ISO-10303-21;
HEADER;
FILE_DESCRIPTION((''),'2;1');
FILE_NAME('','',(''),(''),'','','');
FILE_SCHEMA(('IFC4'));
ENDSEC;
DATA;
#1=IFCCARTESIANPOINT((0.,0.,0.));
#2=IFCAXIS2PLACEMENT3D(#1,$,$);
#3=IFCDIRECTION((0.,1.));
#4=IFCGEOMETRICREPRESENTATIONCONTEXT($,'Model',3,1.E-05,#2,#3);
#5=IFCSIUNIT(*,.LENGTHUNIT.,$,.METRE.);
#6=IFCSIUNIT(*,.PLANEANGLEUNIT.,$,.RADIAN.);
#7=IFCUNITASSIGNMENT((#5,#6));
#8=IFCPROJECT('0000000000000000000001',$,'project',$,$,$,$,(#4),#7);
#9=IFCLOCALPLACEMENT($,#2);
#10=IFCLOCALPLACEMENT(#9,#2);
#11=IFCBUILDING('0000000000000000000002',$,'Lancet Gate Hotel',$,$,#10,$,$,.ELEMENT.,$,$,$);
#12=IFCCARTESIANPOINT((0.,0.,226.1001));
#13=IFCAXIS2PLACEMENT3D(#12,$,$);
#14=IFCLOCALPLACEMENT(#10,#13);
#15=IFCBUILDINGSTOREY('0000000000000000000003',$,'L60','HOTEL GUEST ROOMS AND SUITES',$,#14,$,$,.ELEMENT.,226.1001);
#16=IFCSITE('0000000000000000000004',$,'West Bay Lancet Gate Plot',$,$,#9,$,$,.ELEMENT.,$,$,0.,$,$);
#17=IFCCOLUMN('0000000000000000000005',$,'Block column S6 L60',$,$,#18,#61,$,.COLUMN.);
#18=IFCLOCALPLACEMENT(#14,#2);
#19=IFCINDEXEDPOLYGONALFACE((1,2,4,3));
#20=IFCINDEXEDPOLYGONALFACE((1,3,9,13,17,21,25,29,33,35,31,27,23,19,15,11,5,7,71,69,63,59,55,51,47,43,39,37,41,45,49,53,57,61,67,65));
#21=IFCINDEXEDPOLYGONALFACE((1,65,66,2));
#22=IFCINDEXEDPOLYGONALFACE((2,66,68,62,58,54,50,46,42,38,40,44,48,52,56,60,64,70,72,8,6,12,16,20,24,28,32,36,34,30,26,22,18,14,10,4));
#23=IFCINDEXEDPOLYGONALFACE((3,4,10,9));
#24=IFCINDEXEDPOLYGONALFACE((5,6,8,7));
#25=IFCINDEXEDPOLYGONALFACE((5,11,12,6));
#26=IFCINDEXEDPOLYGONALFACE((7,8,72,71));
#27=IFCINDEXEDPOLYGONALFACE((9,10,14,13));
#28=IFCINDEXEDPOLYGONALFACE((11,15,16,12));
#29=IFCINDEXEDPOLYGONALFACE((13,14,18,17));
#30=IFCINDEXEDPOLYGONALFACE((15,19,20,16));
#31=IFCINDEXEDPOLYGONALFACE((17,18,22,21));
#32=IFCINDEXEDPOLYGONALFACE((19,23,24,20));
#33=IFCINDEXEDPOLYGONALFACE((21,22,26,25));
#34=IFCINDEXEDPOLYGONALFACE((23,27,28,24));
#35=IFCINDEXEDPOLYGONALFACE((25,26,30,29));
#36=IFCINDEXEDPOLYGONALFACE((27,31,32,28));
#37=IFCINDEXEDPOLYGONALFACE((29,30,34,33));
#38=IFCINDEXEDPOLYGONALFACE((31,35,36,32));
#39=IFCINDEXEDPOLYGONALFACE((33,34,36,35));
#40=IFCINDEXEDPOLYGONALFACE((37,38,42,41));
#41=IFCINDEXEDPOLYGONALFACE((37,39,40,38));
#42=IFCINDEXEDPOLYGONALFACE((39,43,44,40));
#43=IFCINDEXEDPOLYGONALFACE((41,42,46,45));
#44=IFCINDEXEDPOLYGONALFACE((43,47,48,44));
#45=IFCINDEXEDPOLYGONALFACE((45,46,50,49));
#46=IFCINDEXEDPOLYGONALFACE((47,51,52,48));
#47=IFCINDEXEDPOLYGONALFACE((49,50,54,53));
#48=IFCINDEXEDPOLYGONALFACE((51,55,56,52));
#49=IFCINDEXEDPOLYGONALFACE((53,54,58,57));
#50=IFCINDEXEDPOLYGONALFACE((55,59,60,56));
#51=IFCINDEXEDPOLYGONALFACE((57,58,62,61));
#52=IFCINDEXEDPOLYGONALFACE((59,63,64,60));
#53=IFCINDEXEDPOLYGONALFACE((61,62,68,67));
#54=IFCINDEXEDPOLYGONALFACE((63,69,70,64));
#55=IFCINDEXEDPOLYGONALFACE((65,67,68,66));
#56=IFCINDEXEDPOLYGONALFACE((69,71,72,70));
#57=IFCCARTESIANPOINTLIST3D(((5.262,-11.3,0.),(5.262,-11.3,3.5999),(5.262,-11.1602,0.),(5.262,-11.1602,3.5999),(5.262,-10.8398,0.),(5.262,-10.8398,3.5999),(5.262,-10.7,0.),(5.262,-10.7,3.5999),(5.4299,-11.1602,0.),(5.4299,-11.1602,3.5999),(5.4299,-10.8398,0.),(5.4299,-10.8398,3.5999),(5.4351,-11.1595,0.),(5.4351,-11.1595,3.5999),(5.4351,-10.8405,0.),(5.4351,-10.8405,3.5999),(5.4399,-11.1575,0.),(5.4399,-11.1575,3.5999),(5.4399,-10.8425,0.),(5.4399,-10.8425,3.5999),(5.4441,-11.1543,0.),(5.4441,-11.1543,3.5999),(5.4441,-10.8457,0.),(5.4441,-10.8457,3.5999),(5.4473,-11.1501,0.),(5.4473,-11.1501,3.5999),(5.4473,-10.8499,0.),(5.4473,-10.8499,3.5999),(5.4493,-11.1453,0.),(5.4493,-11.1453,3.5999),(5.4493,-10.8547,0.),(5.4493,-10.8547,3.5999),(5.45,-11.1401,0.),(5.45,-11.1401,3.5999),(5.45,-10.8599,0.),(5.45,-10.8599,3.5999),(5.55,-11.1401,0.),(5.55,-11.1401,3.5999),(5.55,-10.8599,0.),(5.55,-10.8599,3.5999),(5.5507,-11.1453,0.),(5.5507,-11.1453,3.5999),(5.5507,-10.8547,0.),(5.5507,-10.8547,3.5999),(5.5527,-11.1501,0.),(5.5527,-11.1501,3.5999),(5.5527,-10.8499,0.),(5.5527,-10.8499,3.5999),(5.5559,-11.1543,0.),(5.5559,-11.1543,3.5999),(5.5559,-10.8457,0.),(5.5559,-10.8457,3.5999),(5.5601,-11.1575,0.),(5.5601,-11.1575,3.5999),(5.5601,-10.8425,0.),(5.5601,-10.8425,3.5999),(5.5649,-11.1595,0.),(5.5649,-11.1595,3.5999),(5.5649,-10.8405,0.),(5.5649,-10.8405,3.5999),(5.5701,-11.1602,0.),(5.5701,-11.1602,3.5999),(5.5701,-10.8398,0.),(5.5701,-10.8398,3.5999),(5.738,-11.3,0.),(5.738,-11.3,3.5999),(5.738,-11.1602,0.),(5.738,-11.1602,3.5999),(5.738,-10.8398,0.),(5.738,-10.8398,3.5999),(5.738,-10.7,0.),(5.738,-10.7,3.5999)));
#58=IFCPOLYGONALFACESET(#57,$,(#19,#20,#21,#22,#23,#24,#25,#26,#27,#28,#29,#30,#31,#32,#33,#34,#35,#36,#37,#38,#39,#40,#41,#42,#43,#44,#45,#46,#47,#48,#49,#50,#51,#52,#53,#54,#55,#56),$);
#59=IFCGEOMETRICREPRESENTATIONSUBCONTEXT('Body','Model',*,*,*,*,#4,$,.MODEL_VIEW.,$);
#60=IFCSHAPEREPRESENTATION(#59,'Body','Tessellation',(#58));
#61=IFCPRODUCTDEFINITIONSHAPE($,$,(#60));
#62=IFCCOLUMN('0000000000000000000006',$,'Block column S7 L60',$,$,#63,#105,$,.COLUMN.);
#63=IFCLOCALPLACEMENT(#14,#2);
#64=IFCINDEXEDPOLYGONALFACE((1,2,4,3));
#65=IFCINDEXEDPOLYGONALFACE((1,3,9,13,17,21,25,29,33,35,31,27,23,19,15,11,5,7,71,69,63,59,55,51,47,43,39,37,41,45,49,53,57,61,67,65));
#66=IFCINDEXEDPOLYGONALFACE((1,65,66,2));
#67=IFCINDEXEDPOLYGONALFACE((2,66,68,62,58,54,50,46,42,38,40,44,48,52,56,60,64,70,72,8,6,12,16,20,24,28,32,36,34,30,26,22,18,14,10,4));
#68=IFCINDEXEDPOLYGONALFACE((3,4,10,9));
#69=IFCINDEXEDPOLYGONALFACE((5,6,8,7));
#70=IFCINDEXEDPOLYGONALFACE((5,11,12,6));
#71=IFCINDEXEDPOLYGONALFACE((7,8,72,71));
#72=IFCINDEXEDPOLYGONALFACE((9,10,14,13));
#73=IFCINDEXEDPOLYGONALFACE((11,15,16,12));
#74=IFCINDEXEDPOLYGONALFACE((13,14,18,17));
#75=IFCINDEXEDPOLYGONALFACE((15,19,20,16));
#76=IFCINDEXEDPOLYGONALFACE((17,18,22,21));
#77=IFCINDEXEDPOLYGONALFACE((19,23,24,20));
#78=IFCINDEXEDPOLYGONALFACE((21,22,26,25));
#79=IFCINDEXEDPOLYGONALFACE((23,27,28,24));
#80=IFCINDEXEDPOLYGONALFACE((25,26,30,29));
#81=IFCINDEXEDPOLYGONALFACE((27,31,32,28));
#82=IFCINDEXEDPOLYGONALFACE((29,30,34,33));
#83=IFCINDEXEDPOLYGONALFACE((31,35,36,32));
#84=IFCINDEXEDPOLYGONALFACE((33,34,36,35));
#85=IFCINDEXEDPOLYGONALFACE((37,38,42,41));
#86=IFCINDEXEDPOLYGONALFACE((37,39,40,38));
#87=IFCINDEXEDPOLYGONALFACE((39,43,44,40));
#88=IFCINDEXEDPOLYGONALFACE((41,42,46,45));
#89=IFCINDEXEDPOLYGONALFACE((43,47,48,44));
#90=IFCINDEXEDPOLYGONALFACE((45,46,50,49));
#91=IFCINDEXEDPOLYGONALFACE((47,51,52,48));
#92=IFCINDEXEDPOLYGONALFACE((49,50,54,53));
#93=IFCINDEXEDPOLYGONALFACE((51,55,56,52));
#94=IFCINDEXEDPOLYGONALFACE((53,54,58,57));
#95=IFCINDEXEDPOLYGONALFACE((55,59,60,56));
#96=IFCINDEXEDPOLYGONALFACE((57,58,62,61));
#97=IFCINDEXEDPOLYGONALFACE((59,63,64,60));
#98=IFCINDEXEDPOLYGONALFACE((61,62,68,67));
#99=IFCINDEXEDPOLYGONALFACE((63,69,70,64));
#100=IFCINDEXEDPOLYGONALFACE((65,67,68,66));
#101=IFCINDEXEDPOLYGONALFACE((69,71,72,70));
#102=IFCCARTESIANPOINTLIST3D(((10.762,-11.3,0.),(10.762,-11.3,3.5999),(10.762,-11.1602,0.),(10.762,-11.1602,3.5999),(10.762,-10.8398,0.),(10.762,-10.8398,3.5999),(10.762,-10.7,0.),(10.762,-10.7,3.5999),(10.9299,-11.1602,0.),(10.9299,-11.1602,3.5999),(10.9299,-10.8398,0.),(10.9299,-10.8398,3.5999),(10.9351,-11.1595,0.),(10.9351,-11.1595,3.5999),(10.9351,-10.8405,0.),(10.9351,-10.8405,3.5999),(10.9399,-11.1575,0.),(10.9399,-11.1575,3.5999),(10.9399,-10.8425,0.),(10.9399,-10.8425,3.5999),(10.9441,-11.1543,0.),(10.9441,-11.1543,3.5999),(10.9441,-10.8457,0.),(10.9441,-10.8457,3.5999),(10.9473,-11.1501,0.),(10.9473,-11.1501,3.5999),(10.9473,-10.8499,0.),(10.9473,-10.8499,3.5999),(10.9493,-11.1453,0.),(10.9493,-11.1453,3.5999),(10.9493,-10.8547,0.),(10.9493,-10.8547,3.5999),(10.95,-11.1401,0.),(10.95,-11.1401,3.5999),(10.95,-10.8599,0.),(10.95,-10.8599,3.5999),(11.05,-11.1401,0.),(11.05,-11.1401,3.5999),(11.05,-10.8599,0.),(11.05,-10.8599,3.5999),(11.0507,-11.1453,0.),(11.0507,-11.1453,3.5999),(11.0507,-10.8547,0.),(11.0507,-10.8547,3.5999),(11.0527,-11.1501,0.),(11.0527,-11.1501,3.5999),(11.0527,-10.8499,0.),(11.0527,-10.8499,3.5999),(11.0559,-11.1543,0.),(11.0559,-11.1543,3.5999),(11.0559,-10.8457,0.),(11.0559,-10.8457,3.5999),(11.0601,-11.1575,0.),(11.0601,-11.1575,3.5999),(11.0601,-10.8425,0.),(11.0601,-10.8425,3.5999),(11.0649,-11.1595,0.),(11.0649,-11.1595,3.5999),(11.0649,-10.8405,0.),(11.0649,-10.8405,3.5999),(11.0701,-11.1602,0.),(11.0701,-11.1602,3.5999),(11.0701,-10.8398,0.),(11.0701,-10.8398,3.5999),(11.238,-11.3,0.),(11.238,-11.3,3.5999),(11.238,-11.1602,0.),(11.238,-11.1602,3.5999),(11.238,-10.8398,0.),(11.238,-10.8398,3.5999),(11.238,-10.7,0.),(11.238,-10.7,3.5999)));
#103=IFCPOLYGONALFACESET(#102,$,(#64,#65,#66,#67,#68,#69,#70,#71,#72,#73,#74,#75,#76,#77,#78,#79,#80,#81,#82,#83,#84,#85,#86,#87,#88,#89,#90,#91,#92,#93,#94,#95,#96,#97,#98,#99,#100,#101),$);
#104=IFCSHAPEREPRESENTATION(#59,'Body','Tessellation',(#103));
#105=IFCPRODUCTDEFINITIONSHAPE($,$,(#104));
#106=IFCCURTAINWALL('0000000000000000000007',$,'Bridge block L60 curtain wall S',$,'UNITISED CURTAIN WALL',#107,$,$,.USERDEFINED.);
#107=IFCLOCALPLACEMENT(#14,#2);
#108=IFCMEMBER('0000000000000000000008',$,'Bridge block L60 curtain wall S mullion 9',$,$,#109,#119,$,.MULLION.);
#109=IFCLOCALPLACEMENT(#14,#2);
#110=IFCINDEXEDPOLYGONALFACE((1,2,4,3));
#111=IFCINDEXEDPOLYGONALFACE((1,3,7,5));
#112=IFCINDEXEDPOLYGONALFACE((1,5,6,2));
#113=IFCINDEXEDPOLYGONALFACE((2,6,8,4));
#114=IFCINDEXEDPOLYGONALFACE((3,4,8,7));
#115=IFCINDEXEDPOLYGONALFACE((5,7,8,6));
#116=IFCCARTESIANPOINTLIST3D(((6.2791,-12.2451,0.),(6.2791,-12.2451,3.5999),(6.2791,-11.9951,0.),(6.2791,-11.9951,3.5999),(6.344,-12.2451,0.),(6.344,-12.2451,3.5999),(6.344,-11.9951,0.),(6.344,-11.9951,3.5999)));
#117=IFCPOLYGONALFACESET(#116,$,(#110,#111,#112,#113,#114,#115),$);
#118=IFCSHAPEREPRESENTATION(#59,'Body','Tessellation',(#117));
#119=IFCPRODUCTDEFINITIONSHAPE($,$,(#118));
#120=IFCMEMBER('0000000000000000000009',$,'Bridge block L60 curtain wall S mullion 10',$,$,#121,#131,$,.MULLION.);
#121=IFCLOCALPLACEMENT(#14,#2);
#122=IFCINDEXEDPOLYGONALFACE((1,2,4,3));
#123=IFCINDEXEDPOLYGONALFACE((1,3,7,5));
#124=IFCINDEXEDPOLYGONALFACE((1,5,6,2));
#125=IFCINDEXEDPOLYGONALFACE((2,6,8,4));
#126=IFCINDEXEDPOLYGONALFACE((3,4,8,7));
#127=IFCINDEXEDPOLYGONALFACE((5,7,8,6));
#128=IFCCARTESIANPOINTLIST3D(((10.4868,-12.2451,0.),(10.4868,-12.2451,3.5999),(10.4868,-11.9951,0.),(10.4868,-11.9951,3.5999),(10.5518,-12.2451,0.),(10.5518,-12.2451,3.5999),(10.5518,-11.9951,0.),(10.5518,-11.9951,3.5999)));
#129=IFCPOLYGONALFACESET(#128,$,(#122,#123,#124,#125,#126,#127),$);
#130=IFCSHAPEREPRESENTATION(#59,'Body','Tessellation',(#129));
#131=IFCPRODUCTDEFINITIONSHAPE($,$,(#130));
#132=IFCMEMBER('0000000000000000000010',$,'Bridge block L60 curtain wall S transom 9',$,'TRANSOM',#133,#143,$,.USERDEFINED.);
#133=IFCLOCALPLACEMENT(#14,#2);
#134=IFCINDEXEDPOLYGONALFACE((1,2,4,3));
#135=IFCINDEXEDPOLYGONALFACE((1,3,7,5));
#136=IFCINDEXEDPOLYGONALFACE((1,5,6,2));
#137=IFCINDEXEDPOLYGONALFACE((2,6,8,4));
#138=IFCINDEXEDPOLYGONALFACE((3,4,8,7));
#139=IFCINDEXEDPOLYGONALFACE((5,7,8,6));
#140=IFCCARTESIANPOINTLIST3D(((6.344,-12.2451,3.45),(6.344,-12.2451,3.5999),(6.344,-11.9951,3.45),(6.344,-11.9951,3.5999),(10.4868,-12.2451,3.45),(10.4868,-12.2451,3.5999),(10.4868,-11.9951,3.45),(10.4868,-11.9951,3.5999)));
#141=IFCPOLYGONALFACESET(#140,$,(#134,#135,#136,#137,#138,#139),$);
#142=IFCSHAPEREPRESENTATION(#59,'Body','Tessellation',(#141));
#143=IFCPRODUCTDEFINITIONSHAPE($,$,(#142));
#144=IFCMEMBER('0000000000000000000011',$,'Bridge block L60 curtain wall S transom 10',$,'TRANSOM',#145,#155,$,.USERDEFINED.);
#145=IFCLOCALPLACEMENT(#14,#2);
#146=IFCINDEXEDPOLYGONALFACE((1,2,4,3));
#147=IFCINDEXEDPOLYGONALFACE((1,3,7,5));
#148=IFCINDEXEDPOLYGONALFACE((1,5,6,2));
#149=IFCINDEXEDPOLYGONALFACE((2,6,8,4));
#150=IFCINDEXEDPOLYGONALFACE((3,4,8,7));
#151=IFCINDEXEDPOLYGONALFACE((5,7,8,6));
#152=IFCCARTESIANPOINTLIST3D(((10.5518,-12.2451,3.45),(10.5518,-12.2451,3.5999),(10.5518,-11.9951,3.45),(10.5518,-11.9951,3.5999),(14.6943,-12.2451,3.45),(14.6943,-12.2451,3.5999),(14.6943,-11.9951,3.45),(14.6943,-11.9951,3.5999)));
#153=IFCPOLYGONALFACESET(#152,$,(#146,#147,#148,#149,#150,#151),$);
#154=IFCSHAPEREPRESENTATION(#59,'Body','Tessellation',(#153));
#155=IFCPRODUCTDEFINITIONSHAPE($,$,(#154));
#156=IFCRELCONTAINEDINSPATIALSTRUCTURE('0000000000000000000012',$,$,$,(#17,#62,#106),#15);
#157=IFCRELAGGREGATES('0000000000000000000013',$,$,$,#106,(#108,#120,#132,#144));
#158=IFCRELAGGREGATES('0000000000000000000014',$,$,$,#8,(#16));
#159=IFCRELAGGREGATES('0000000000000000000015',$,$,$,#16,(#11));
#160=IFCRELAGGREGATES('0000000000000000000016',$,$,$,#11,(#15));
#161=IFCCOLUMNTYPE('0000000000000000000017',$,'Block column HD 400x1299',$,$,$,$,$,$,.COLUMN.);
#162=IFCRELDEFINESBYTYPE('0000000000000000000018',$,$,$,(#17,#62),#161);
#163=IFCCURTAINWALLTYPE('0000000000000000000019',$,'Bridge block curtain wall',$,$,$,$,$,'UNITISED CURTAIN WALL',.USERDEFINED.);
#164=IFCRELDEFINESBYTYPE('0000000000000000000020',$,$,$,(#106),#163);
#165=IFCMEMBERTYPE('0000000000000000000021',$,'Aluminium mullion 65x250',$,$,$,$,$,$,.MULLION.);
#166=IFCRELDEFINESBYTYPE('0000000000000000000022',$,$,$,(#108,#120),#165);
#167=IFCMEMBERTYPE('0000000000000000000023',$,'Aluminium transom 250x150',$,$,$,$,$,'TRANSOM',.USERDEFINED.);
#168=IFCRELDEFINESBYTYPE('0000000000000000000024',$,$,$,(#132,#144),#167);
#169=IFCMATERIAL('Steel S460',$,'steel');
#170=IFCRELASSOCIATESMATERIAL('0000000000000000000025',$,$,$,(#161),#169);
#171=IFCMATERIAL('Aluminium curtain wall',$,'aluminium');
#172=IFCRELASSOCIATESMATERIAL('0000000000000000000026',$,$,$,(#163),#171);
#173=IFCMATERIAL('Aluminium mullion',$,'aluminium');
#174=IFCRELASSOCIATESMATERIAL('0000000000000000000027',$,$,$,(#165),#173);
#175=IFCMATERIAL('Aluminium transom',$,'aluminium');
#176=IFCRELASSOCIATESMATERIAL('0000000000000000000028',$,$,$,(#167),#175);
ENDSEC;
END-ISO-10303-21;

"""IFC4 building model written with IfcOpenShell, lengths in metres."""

from ifc_helpers import new_model, si_unit, direction, frame, origin, origin_2d, place, context, subcontext, project, spatial, rectangle, i_section, extrude, material, material_profile, profile_set, type_object, element, aggregate, save


model = new_model("IFC4")

# Units and contexts
model_context = context("Model", 3, precision=1e-05, world=origin(), true_north=direction((0.0, 1.0)))
body_context = subcontext(model_context, "Body", "Model", "MODEL_VIEW")
ifc_project = project(units=[si_unit("LENGTHUNIT", "METRE"), si_unit("PLANEANGLEUNIT", "RADIAN")], contexts=[model_context])

# Site, building, storey
site_placement = place(None, origin())
site = spatial("IfcSite", under=ifc_project, at=site_placement, Name="West Bay Lancet Gate Plot", CompositionType="ELEMENT", RefElevation=0.0)
building_placement = place(site_placement, origin())
building = spatial("IfcBuilding", under=site, at=building_placement, Name="Lancet Gate Hotel", CompositionType="ELEMENT")
storey_placement = place(building_placement, frame((0.0, 0.0, 226.1001)))
storey = spatial("IfcBuildingStorey", under=building, at=storey_placement, Name="L60", Description="HOTEL GUEST ROOMS AND SUITES", CompositionType="ELEMENT", Elevation=226.1001)

# Columns
ifc_material_1 = material(Name="Steel S460", Category="steel")
ifc_material_profile_1 = material_profile(ifc_material_1, i_section(OverallWidth=0.4761, OverallDepth=0.6001, WebThickness=0.1001, FlangeThickness=0.1399, FilletRadius=0.02, at=origin_2d()), Name="HD 400x1299")
ifc_profile_set_1 = profile_set([ifc_material_profile_1], Name="Steel S460")
column_type = type_object("IfcColumnType", Name="Block column HD 400x1299", PredefinedType="COLUMN", material=ifc_profile_set_1)
for number, where, z_axis, x_axis, name in (
    (1, (5.5, -11.0, 0.0), (0.0, 0.0, 1.0), (1.0, 0.0, 0.0), "Block column S6 L60"),
    (2, (11.0, -11.0, 0.0), (0.0, 0.0, 1.0), (1.0, 0.0, 0.0), "Block column S7 L60"),
):
    element("IfcColumn", number, at=place(storey_placement, frame(where, z_axis=z_axis, x_axis=x_axis)), inside=storey, type_object=column_type, Name=name, PredefinedType="COLUMN", context=body_context, shape_type="SweptSolid", body=[
        extrude(i_section(OverallWidth=0.4761, OverallDepth=0.6001, WebThickness=0.1001, FlangeThickness=0.1399, FilletRadius=0.02, at=origin_2d()), origin(), (0.0, 0.0, 1.0), 3.5999),
    ])

# Curtain wall, members
ifc_material_2 = material(Name="Aluminium curtain wall", Category="aluminium")
curtain_wall_type = type_object("IfcCurtainWallType", Name="Bridge block curtain wall", ElementType="UNITISED CURTAIN WALL", PredefinedType="USERDEFINED", material=ifc_material_2)
curtain_wall_placement = place(storey_placement, origin())
curtain_wall = element("IfcCurtainWall", 3, at=curtain_wall_placement, inside=storey, type_object=curtain_wall_type, Name="Bridge block L60 curtain wall S", ObjectType="UNITISED CURTAIN WALL", PredefinedType="USERDEFINED")
ifc_material_3 = material(Name="Aluminium mullion", Category="aluminium")
ifc_material_profile_2 = material_profile(ifc_material_3, rectangle(XDim=0.0649, YDim=0.25, at=origin_2d()), Name="MULLION 65x250")
ifc_profile_set_2 = profile_set([ifc_material_profile_2], Name="Aluminium mullion")
member_type_1 = type_object("IfcMemberType", Name="Aluminium mullion 65x250", PredefinedType="MULLION", material=ifc_profile_set_2)
member_1_placement = place(storey_placement, frame((6.3115, -12.1201, 0.0), z_axis=(0.0, 0.0, 1.0), x_axis=(1.0, 0.0, 0.0)))
member_1 = element("IfcMember", 4, at=member_1_placement, type_object=member_type_1, Name="Bridge block L60 curtain wall S mullion 9", PredefinedType="MULLION", context=body_context, shape_type="SweptSolid", body=[
    extrude(rectangle(XDim=0.0649, YDim=0.25, at=origin_2d()), origin(), (0.0, 0.0, 1.0), 3.5999),
])
member_2_placement = place(storey_placement, frame((10.5193, -12.1201, 0.0), z_axis=(0.0, 0.0, 1.0), x_axis=(1.0, 0.0, 0.0)))
member_2 = element("IfcMember", 5, at=member_2_placement, type_object=member_type_1, Name="Bridge block L60 curtain wall S mullion 10", PredefinedType="MULLION", context=body_context, shape_type="SweptSolid", body=[
    extrude(rectangle(XDim=0.0649, YDim=0.25, at=origin_2d()), origin(), (0.0, 0.0, 1.0), 3.5999),
])
ifc_material_4 = material(Name="Aluminium transom", Category="aluminium")
ifc_material_profile_3 = material_profile(ifc_material_4, rectangle(XDim=0.25, YDim=0.1499, at=origin_2d()), Name="TRANSOM 250x150")
ifc_profile_set_3 = profile_set([ifc_material_profile_3], Name="Aluminium transom")
member_type_2 = type_object("IfcMemberType", Name="Aluminium transom 250x150", ElementType="TRANSOM", PredefinedType="USERDEFINED", material=ifc_profile_set_3)
member_3_placement = place(storey_placement, frame((6.344, -12.1201, 3.5249), z_axis=(1.0, 0.0, 0.0), x_axis=(0.0, 1.0, 0.0)))
member_3 = element("IfcMember", 6, at=member_3_placement, type_object=member_type_2, Name="Bridge block L60 curtain wall S transom 9", ObjectType="TRANSOM", PredefinedType="USERDEFINED", context=body_context, shape_type="SweptSolid", body=[
    extrude(rectangle(XDim=0.25, YDim=0.1499, at=origin_2d()), origin(), (0.0, 0.0, 1.0), 4.1428),
])
member_4_placement = place(storey_placement, frame((10.5518, -12.1201, 3.5249), z_axis=(1.0, 0.0, 0.0), x_axis=(0.0, 1.0, 0.0)))
member_4 = element("IfcMember", 7, at=member_4_placement, type_object=member_type_2, Name="Bridge block L60 curtain wall S transom 10", ObjectType="TRANSOM", PredefinedType="USERDEFINED", context=body_context, shape_type="SweptSolid", body=[
    extrude(rectangle(XDim=0.25, YDim=0.1499, at=origin_2d()), origin(), (0.0, 0.0, 1.0), 4.1426),
])

aggregate(curtain_wall, [member_1, member_2, member_3, member_4])

save(model, "model.ifc")
